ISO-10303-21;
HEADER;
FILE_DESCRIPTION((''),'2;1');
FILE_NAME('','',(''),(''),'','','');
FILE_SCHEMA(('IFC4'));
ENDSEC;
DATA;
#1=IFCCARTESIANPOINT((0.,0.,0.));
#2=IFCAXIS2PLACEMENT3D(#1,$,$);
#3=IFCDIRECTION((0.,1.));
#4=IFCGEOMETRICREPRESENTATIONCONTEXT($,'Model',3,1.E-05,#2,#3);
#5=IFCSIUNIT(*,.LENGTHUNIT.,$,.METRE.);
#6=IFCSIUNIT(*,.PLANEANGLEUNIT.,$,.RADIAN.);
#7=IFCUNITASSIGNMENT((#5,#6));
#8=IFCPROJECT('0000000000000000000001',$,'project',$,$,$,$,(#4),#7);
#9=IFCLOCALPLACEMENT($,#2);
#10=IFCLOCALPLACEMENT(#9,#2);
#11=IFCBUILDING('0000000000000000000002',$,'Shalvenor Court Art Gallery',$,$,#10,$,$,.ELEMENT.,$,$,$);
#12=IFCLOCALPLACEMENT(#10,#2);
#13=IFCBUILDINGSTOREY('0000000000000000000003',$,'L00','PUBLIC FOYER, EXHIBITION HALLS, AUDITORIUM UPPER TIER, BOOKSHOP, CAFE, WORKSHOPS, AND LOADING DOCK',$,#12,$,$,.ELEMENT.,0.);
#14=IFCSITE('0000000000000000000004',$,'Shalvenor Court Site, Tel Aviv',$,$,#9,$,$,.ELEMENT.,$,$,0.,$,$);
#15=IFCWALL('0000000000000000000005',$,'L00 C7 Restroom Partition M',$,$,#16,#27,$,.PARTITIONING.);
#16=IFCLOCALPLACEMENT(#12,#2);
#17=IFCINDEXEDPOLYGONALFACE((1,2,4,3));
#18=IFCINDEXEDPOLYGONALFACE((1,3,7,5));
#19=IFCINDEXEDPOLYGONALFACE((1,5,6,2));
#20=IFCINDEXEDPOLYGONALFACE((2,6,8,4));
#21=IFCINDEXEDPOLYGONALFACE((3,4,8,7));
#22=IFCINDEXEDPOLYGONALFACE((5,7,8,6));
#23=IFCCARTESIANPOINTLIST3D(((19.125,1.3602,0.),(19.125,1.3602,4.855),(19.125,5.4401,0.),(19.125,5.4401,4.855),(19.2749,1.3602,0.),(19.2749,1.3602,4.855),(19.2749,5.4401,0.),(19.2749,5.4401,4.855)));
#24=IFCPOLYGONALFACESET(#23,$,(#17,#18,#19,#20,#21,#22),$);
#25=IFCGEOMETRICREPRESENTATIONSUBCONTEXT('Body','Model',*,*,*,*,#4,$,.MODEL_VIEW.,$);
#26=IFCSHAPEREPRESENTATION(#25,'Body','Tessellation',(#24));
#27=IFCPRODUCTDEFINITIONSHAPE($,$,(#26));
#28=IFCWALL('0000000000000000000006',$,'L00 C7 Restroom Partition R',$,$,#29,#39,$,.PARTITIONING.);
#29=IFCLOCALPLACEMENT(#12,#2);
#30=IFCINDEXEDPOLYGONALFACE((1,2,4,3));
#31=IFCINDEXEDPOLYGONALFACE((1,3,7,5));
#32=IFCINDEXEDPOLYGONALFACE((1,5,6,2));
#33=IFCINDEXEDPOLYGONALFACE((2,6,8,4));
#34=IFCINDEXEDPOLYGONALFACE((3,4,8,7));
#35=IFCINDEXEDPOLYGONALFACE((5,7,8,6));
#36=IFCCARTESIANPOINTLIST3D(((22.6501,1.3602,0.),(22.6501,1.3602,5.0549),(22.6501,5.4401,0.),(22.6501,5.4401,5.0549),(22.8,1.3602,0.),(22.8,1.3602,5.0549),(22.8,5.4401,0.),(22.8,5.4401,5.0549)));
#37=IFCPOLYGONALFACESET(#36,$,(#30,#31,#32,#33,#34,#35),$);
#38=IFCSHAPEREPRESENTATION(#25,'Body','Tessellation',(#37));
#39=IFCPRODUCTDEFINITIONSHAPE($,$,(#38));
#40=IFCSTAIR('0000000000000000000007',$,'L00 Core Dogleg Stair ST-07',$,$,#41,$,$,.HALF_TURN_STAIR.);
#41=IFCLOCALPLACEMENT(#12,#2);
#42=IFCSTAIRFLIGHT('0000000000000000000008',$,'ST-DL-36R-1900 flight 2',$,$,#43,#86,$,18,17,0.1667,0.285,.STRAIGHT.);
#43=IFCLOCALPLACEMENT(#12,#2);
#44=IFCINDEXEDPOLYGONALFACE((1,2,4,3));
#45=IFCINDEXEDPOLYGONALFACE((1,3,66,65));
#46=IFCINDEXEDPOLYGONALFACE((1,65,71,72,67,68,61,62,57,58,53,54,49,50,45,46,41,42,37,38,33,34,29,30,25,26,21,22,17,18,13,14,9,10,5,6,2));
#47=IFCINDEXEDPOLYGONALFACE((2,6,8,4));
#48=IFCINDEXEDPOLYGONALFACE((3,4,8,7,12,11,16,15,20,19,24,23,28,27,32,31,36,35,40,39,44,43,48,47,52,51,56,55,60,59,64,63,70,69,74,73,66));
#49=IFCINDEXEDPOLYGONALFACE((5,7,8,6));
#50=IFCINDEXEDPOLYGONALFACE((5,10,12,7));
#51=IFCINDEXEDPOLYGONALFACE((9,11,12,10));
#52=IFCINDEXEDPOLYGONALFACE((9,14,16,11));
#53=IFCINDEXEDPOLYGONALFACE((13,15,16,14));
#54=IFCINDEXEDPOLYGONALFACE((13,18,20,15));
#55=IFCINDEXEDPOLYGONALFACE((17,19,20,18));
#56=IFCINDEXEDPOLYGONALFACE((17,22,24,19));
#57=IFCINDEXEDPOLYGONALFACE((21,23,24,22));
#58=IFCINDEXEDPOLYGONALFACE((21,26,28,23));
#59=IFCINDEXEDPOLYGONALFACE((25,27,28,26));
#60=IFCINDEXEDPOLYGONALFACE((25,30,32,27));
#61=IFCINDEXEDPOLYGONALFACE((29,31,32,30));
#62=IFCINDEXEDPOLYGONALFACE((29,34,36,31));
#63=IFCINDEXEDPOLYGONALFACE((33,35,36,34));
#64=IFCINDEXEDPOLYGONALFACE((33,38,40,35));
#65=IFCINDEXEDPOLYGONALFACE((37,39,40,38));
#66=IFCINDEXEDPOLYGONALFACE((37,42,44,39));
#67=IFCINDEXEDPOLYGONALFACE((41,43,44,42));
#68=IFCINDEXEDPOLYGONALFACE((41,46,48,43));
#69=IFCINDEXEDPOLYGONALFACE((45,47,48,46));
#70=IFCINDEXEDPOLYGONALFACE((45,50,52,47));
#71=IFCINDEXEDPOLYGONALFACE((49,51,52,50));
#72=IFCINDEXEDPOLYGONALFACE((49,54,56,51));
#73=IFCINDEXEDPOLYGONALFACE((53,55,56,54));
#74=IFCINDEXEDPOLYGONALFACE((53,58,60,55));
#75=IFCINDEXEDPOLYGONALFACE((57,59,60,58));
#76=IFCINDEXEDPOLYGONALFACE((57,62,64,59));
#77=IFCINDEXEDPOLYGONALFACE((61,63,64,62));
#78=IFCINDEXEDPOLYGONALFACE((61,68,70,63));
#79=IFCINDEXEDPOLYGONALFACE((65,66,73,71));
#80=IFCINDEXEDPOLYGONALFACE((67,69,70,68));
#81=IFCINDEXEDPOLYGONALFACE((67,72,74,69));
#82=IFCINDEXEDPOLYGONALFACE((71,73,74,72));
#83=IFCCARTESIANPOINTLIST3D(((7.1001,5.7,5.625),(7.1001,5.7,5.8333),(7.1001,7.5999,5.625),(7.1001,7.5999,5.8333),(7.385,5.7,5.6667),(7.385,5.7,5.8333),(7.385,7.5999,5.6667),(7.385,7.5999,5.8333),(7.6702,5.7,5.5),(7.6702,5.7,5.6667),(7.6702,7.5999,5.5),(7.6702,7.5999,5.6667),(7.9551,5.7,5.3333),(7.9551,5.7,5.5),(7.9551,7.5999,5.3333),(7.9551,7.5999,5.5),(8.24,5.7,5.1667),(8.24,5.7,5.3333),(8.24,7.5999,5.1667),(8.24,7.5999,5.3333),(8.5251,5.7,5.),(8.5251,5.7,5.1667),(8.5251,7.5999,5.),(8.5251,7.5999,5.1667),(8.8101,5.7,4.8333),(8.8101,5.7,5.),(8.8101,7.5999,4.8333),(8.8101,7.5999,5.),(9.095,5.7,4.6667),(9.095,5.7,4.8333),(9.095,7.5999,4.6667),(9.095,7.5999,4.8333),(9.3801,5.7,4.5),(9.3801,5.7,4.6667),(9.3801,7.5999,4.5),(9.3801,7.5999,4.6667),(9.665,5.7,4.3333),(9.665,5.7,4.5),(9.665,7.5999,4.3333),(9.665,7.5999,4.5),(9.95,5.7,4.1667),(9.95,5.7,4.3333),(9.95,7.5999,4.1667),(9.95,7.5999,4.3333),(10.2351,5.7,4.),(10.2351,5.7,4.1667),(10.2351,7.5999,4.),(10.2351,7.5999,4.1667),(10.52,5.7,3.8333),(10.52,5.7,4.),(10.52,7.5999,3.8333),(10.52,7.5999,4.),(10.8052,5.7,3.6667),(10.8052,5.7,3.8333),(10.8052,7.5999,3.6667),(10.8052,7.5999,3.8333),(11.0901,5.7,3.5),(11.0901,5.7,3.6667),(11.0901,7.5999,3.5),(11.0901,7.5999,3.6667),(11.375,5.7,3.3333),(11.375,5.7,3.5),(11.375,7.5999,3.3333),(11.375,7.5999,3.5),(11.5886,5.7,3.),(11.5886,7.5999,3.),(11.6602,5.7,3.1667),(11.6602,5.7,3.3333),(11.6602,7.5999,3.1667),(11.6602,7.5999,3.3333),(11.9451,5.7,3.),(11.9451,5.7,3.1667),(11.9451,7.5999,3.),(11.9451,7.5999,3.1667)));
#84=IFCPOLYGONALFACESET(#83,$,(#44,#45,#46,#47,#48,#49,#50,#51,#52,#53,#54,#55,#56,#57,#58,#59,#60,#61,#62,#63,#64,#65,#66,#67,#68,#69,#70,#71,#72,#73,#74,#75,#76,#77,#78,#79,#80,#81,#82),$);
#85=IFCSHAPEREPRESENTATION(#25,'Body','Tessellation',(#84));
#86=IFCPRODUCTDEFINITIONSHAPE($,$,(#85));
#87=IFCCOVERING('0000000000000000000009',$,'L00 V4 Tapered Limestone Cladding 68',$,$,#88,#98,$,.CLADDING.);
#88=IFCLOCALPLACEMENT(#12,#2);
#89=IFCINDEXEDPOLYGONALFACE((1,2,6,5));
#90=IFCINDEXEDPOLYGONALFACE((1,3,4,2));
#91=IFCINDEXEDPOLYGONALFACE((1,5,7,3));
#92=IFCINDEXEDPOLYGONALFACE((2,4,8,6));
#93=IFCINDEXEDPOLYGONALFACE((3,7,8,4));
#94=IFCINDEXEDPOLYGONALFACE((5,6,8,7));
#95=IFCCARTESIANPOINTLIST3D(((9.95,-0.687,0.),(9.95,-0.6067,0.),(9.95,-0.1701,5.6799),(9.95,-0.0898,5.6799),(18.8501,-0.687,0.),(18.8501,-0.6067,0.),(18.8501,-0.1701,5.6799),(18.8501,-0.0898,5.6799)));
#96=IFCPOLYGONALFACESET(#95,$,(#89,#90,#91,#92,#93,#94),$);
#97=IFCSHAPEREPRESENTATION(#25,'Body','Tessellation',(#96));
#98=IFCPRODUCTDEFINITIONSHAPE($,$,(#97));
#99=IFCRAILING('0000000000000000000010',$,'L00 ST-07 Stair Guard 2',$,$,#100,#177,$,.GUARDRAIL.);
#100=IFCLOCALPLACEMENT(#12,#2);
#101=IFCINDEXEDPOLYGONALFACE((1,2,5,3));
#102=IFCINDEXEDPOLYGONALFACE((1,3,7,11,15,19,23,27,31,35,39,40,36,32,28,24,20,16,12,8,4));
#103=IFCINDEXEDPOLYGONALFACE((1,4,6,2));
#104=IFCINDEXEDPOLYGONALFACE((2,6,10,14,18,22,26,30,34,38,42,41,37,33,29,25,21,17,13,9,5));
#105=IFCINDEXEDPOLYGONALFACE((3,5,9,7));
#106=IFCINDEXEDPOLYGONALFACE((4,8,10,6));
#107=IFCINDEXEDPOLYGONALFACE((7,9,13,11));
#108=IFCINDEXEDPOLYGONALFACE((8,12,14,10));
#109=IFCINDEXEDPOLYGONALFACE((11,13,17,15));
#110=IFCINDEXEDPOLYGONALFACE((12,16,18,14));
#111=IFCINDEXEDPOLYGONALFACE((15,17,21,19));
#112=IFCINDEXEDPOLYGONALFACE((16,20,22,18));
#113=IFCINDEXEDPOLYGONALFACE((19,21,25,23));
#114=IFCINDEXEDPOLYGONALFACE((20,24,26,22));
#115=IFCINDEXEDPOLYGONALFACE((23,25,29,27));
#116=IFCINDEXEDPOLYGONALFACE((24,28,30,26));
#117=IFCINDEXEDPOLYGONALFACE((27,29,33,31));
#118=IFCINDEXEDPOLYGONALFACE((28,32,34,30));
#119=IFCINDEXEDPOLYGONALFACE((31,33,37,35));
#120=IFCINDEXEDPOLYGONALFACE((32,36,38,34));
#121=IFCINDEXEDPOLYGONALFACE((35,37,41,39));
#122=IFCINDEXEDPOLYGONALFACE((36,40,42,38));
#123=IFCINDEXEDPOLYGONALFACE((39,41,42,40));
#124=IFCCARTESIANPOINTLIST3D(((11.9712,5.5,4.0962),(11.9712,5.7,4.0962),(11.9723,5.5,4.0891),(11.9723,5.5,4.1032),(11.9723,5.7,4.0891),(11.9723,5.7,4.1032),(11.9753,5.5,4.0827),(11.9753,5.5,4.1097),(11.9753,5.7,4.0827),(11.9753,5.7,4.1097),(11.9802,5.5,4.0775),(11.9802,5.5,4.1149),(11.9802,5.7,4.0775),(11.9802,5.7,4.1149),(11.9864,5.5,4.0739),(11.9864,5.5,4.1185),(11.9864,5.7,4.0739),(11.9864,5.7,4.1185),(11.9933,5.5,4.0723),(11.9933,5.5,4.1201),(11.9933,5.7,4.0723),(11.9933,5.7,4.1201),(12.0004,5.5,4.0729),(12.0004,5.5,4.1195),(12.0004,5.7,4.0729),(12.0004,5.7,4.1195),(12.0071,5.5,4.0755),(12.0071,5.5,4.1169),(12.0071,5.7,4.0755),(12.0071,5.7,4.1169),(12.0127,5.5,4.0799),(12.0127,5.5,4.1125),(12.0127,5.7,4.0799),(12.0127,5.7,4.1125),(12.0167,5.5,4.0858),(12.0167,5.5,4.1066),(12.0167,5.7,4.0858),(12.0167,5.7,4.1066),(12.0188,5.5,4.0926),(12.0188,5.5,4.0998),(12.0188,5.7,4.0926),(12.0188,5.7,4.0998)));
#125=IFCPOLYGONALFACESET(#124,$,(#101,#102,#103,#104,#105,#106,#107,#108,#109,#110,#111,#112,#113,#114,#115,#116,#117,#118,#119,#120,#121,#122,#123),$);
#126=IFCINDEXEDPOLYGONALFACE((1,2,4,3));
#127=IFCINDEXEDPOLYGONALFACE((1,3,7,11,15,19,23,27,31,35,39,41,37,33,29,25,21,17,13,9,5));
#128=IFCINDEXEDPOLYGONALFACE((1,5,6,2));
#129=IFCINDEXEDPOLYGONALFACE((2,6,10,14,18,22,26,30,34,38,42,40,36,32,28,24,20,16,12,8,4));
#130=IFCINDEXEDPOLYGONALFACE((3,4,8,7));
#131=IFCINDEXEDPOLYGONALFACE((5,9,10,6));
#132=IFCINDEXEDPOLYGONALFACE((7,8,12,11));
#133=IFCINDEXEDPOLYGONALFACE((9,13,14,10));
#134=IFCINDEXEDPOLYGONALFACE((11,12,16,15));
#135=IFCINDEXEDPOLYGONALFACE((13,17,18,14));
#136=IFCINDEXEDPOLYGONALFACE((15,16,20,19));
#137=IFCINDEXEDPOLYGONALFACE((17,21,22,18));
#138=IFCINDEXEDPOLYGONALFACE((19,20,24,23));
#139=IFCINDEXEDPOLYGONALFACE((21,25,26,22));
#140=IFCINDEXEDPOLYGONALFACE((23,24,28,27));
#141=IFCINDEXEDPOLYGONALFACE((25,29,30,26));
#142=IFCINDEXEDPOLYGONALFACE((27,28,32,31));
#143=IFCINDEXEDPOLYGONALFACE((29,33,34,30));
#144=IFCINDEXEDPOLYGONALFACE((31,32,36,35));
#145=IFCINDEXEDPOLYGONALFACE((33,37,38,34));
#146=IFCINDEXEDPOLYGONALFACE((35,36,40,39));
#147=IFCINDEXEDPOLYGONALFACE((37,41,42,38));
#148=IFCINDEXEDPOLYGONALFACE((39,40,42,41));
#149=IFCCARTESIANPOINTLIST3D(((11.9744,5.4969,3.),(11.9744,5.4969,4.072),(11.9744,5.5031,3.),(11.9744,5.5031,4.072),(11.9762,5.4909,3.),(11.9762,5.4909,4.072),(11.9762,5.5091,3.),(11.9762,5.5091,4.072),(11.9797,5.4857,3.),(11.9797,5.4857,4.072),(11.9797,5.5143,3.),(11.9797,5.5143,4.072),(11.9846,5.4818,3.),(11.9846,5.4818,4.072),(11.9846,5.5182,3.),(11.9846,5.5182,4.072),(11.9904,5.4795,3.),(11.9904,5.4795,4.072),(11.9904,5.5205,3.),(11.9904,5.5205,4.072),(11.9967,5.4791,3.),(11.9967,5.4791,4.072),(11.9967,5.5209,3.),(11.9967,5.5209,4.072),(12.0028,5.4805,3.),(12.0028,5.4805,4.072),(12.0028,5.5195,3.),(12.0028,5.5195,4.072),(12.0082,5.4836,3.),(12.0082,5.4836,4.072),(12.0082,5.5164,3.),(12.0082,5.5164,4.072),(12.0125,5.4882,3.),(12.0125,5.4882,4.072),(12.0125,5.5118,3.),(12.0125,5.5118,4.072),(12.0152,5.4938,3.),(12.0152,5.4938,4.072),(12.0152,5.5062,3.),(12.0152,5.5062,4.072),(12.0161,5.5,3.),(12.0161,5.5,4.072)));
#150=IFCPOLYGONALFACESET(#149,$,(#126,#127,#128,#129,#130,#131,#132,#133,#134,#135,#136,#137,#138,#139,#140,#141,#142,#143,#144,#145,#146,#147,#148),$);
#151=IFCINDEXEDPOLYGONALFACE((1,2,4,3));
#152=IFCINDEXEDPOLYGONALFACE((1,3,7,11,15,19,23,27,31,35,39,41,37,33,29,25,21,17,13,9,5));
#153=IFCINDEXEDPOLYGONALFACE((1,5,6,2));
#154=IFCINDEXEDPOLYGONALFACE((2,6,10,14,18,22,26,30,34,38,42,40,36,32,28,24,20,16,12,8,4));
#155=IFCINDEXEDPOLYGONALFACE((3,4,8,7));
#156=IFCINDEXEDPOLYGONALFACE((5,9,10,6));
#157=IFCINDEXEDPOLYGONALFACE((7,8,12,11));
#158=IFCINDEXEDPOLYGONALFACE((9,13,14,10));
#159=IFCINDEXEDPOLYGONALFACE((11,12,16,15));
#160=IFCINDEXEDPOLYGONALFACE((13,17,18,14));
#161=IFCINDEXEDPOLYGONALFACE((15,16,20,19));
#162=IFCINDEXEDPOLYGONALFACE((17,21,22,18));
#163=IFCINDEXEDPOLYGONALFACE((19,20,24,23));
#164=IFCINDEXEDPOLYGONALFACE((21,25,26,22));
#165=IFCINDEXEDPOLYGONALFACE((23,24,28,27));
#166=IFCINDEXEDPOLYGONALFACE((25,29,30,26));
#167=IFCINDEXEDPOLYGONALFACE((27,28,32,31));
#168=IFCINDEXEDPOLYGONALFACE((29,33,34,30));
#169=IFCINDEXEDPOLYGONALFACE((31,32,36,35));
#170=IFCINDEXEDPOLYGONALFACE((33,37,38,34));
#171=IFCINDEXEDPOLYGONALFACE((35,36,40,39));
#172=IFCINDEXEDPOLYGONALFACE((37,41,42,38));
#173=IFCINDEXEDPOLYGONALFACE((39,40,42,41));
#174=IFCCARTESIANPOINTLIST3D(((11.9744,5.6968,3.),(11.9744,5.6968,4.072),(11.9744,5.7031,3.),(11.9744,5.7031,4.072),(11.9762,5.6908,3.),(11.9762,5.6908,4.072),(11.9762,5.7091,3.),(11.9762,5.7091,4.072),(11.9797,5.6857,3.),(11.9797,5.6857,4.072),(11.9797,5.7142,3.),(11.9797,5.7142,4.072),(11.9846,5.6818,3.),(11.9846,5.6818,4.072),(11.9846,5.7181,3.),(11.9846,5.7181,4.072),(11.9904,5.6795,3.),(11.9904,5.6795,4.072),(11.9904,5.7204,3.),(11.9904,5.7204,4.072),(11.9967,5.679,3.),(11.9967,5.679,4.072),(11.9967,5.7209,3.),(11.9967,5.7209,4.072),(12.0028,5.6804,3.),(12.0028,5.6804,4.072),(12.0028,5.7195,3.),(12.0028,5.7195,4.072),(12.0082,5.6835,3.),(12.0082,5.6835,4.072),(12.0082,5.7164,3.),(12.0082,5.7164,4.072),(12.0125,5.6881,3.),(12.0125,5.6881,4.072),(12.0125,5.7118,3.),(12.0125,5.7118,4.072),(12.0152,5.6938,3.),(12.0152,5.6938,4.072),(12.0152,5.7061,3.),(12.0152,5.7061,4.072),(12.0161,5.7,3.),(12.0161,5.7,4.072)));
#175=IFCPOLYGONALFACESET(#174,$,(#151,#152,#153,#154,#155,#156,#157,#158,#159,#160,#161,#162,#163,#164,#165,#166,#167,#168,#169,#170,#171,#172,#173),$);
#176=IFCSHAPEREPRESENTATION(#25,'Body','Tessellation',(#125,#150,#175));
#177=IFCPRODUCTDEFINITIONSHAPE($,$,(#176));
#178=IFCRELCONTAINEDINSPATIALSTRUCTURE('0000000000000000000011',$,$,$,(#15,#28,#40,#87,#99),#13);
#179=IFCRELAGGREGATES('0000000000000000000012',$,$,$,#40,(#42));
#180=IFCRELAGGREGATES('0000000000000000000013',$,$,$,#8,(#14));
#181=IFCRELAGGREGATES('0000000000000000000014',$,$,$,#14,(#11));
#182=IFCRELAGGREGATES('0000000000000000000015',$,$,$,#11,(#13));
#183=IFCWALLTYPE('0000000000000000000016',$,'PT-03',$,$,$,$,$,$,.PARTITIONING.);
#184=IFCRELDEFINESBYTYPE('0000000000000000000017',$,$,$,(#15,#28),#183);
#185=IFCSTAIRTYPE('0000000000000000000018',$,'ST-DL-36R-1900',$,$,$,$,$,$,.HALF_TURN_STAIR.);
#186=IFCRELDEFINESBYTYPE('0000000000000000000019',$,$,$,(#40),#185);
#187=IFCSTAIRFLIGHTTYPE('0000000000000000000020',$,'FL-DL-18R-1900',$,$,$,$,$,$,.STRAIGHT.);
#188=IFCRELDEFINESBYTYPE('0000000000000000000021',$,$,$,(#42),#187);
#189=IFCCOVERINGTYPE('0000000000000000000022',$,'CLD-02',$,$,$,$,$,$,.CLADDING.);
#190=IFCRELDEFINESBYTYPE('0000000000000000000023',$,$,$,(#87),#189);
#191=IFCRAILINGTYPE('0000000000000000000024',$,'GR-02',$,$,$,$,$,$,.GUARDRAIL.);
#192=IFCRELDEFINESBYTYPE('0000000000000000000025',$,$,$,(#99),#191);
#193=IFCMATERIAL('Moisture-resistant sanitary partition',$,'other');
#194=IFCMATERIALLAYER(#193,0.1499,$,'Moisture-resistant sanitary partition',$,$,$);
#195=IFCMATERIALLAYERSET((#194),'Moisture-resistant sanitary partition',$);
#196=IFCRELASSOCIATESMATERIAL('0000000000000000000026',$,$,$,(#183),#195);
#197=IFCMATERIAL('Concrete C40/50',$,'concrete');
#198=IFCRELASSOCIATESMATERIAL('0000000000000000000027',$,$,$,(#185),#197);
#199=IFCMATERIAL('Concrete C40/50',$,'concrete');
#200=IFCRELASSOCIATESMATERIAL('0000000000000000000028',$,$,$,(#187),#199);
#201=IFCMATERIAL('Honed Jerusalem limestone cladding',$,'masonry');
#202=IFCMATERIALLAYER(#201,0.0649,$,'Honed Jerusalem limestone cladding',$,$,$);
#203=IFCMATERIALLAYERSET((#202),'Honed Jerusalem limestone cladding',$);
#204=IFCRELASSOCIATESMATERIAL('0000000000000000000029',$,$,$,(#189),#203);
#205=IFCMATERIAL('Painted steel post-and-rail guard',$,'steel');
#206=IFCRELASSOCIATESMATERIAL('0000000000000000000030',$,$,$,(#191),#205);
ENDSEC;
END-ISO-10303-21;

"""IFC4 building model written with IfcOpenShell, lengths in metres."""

from ifc_helpers import new_model, si_unit, direction, frame, frame_2d, origin, origin_2d, place, context, subcontext, project, spatial, polyline, rectangle, circle, outline, extrude, material, layer, layer_set, type_object, element, aggregate, save


model = new_model("IFC4")

# Units and contexts
model_context = context("Model", 3, precision=1e-05, world=origin(), true_north=direction((0.0, 1.0)))
body_context = subcontext(model_context, "Body", "Model", "MODEL_VIEW")
ifc_project = project(units=[si_unit("LENGTHUNIT", "METRE"), si_unit("PLANEANGLEUNIT", "RADIAN")], contexts=[model_context])

# Site, building, storey
site_placement = place(None, origin())
site = spatial("IfcSite", under=ifc_project, at=site_placement, Name="Shalvenor Court Site, Tel Aviv", CompositionType="ELEMENT", RefElevation=0.0)
building_placement = place(site_placement, origin())
building = spatial("IfcBuilding", under=site, at=building_placement, Name="Shalvenor Court Art Gallery", CompositionType="ELEMENT")
storey_placement = place(building_placement, origin())
storey = spatial("IfcBuildingStorey", under=building, at=storey_placement, Name="L00", Description="PUBLIC FOYER, EXHIBITION HALLS, AUDITORIUM UPPER TIER, BOOKSHOP, CAFE, WORKSHOPS, AND LOADING DOCK", CompositionType="ELEMENT", Elevation=0.0)

# Shared definitions
ifc_material_1 = material(Name="Moisture-resistant sanitary partition", Category="other")
ifc_layer_1 = layer(ifc_material_1, 0.1499, Name="Moisture-resistant sanitary partition")
ifc_layer_set_1 = layer_set([ifc_layer_1], Name="Moisture-resistant sanitary partition")
wall_type_1 = type_object("IfcWallType", Name="PT-03", PredefinedType="PARTITIONING", material=ifc_layer_set_1)

# Walls
wall_1_placement = place(storey_placement, frame((19.2, 1.3601, 0.0), z_axis=(0.0, 0.0, 1.0), x_axis=(0.0, 1.0, 0.0)))
element("IfcWall", 1, at=wall_1_placement, inside=storey, type_object=wall_type_1, Name="L00 C7 Restroom Partition M", PredefinedType="PARTITIONING", context=body_context, shape_type="SweptSolid", body=[
    extrude(rectangle(XDim=4.0798, YDim=0.1499, at=frame_2d((2.04, 0.0))), origin(), (0.0, 0.0, 1.0), 4.855),
])
wall_2_placement = place(storey_placement, frame((22.7251, 1.3601, 0.0), z_axis=(0.0, 0.0, 1.0), x_axis=(0.0, 1.0, 0.0)))
element("IfcWall", 2, at=wall_2_placement, inside=storey, type_object=wall_type_1, Name="L00 C7 Restroom Partition R", PredefinedType="PARTITIONING", context=body_context, shape_type="SweptSolid", body=[
    extrude(rectangle(XDim=4.0798, YDim=0.1499, at=frame_2d((2.04, 0.0))), origin(), (0.0, 0.0, 1.0), 5.0549),
])

# Stair, stair flight
ifc_material_2 = material(Name="Concrete C40/50", Category="concrete")
stair_type = type_object("IfcStairType", Name="ST-DL-36R-1900", PredefinedType="HALF_TURN_STAIR", material=ifc_material_2)
stair_placement = place(storey_placement, origin())
stair = element("IfcStair", 3, at=stair_placement, inside=storey, type_object=stair_type, Name="L00 Core Dogleg Stair ST-07", PredefinedType="HALF_TURN_STAIR")
ifc_material_3 = material(Name="Concrete C40/50", Category="concrete")
stair_flight_type = type_object("IfcStairFlightType", Name="FL-DL-18R-1900", PredefinedType="STRAIGHT", material=ifc_material_3)
stair_flight_placement = place(storey_placement, frame((11.9451, 6.6499, 3.0), z_axis=(0.0, 0.0, 1.0), x_axis=(-1.0, 0.0, 0.0)))
stair_flight = element("IfcStairFlight", 4, at=stair_flight_placement, type_object=stair_flight_type, Name="ST-DL-36R-1900 flight 2", NumberOfRisers=18, NumberOfTreads=17, PredefinedType="STRAIGHT", RiserHeight=0.1667, TreadLength=0.285, context=body_context, shape_type="SweptSolid", body=[
    extrude(outline(polyline([(0.0, 0.0), (0.0, 0.1667), (0.2849, 0.1667), (0.2849, 0.3333), (0.5701, 0.3333), (0.5701, 0.5), (0.855, 0.5), (0.855, 0.6667), (1.1399, 0.6667), (1.1399, 0.8333), (1.425, 0.8333), (1.425, 1.0), (1.71, 1.0), (1.71, 1.1667), (1.9951, 1.1667), (1.9951, 1.3333), (2.28, 1.3333), (2.28, 1.5), (2.5649, 1.5), (2.5649, 1.6667), (2.8501, 1.6667), (2.8501, 1.8333), (3.135, 1.8333), (3.135, 2.0), (3.4199, 2.0), (3.4199, 2.1667), (3.7051, 2.1667), (3.7051, 2.3333), (3.99, 2.3333), (3.99, 2.5), (4.2749, 2.5), (4.2749, 2.6667), (4.5601, 2.6667), (4.5601, 2.8333), (4.845, 2.8333), (4.845, 3.0), (4.845, 2.625), (0.3564, 0.0), (0.0, 0.0)])), frame((0.0, 0.95, 0.0), z_axis=(0.0, -1.0, 0.0), x_axis=(1.0, 0.0, 0.0)), (0.0, 0.0, 1.0), 1.8999),
])
aggregate(stair, [stair_flight])

# Covering
ifc_material_4 = material(Name="Honed Jerusalem limestone cladding", Category="masonry")
ifc_layer_2 = layer(ifc_material_4, 0.0649, Name="Honed Jerusalem limestone cladding")
ifc_layer_set_2 = layer_set([ifc_layer_2], Name="Honed Jerusalem limestone cladding")
covering_type = type_object("IfcCoveringType", Name="CLD-02", PredefinedType="CLADDING", material=ifc_layer_set_2)
covering_placement = place(storey_placement, frame((9.95, -0.687, 0.0), z_axis=(0.0, 0.0, 1.0), x_axis=(1.0, 0.0, 0.0)))
element("IfcCovering", 5, at=covering_placement, inside=storey, type_object=covering_type, Name="L00 V4 Tapered Limestone Cladding 68", PredefinedType="CLADDING", context=body_context, shape_type="SweptSolid", body=[
    extrude(outline(polyline([(0.0, 0.0), (8.9001, 0.0), (8.9001, 5.7034), (0.0, 5.7034), (0.0, 0.0)])), frame((0.0, 0.0, 0.0), z_axis=(0.0, -0.995884, 0.090633), x_axis=(1.0, 0.0, 0.0)), (0.0, 0.090633, -0.995884), 0.0803),
])

# Railing
ifc_material_5 = material(Name="Painted steel post-and-rail guard", Category="steel")
railing_type = type_object("IfcRailingType", Name="GR-02", PredefinedType="GUARDRAIL", material=ifc_material_5)
railing_1_placement = place(storey_placement, frame((11.9951, 5.5, 3.0)))
element("IfcRailing", 6, at=railing_1_placement, inside=storey, type_object=railing_type, Name="L00 ST-07 Stair Guard 2", PredefinedType="GUARDRAIL", context=body_context, shape_type="SweptSolid", body=[
    extrude(circle(Radius=0.0239, at=origin_2d()), frame((0.0, 0.0, 1.0962), z_axis=(0.0, 1.0, 0.0), x_axis=(-1.0, 0.0, 0.0)), (0.0, 0.0, 1.0), 0.2),
    extrude(circle(Radius=0.021, at=origin_2d()), origin(), (0.0, 0.0, 1.0), 1.072),
    extrude(circle(Radius=0.021, at=origin_2d()), frame((0.0, 0.2, 0.0)), (0.0, 0.0, 1.0), 1.072),
])

save(model, "model.ifc")
